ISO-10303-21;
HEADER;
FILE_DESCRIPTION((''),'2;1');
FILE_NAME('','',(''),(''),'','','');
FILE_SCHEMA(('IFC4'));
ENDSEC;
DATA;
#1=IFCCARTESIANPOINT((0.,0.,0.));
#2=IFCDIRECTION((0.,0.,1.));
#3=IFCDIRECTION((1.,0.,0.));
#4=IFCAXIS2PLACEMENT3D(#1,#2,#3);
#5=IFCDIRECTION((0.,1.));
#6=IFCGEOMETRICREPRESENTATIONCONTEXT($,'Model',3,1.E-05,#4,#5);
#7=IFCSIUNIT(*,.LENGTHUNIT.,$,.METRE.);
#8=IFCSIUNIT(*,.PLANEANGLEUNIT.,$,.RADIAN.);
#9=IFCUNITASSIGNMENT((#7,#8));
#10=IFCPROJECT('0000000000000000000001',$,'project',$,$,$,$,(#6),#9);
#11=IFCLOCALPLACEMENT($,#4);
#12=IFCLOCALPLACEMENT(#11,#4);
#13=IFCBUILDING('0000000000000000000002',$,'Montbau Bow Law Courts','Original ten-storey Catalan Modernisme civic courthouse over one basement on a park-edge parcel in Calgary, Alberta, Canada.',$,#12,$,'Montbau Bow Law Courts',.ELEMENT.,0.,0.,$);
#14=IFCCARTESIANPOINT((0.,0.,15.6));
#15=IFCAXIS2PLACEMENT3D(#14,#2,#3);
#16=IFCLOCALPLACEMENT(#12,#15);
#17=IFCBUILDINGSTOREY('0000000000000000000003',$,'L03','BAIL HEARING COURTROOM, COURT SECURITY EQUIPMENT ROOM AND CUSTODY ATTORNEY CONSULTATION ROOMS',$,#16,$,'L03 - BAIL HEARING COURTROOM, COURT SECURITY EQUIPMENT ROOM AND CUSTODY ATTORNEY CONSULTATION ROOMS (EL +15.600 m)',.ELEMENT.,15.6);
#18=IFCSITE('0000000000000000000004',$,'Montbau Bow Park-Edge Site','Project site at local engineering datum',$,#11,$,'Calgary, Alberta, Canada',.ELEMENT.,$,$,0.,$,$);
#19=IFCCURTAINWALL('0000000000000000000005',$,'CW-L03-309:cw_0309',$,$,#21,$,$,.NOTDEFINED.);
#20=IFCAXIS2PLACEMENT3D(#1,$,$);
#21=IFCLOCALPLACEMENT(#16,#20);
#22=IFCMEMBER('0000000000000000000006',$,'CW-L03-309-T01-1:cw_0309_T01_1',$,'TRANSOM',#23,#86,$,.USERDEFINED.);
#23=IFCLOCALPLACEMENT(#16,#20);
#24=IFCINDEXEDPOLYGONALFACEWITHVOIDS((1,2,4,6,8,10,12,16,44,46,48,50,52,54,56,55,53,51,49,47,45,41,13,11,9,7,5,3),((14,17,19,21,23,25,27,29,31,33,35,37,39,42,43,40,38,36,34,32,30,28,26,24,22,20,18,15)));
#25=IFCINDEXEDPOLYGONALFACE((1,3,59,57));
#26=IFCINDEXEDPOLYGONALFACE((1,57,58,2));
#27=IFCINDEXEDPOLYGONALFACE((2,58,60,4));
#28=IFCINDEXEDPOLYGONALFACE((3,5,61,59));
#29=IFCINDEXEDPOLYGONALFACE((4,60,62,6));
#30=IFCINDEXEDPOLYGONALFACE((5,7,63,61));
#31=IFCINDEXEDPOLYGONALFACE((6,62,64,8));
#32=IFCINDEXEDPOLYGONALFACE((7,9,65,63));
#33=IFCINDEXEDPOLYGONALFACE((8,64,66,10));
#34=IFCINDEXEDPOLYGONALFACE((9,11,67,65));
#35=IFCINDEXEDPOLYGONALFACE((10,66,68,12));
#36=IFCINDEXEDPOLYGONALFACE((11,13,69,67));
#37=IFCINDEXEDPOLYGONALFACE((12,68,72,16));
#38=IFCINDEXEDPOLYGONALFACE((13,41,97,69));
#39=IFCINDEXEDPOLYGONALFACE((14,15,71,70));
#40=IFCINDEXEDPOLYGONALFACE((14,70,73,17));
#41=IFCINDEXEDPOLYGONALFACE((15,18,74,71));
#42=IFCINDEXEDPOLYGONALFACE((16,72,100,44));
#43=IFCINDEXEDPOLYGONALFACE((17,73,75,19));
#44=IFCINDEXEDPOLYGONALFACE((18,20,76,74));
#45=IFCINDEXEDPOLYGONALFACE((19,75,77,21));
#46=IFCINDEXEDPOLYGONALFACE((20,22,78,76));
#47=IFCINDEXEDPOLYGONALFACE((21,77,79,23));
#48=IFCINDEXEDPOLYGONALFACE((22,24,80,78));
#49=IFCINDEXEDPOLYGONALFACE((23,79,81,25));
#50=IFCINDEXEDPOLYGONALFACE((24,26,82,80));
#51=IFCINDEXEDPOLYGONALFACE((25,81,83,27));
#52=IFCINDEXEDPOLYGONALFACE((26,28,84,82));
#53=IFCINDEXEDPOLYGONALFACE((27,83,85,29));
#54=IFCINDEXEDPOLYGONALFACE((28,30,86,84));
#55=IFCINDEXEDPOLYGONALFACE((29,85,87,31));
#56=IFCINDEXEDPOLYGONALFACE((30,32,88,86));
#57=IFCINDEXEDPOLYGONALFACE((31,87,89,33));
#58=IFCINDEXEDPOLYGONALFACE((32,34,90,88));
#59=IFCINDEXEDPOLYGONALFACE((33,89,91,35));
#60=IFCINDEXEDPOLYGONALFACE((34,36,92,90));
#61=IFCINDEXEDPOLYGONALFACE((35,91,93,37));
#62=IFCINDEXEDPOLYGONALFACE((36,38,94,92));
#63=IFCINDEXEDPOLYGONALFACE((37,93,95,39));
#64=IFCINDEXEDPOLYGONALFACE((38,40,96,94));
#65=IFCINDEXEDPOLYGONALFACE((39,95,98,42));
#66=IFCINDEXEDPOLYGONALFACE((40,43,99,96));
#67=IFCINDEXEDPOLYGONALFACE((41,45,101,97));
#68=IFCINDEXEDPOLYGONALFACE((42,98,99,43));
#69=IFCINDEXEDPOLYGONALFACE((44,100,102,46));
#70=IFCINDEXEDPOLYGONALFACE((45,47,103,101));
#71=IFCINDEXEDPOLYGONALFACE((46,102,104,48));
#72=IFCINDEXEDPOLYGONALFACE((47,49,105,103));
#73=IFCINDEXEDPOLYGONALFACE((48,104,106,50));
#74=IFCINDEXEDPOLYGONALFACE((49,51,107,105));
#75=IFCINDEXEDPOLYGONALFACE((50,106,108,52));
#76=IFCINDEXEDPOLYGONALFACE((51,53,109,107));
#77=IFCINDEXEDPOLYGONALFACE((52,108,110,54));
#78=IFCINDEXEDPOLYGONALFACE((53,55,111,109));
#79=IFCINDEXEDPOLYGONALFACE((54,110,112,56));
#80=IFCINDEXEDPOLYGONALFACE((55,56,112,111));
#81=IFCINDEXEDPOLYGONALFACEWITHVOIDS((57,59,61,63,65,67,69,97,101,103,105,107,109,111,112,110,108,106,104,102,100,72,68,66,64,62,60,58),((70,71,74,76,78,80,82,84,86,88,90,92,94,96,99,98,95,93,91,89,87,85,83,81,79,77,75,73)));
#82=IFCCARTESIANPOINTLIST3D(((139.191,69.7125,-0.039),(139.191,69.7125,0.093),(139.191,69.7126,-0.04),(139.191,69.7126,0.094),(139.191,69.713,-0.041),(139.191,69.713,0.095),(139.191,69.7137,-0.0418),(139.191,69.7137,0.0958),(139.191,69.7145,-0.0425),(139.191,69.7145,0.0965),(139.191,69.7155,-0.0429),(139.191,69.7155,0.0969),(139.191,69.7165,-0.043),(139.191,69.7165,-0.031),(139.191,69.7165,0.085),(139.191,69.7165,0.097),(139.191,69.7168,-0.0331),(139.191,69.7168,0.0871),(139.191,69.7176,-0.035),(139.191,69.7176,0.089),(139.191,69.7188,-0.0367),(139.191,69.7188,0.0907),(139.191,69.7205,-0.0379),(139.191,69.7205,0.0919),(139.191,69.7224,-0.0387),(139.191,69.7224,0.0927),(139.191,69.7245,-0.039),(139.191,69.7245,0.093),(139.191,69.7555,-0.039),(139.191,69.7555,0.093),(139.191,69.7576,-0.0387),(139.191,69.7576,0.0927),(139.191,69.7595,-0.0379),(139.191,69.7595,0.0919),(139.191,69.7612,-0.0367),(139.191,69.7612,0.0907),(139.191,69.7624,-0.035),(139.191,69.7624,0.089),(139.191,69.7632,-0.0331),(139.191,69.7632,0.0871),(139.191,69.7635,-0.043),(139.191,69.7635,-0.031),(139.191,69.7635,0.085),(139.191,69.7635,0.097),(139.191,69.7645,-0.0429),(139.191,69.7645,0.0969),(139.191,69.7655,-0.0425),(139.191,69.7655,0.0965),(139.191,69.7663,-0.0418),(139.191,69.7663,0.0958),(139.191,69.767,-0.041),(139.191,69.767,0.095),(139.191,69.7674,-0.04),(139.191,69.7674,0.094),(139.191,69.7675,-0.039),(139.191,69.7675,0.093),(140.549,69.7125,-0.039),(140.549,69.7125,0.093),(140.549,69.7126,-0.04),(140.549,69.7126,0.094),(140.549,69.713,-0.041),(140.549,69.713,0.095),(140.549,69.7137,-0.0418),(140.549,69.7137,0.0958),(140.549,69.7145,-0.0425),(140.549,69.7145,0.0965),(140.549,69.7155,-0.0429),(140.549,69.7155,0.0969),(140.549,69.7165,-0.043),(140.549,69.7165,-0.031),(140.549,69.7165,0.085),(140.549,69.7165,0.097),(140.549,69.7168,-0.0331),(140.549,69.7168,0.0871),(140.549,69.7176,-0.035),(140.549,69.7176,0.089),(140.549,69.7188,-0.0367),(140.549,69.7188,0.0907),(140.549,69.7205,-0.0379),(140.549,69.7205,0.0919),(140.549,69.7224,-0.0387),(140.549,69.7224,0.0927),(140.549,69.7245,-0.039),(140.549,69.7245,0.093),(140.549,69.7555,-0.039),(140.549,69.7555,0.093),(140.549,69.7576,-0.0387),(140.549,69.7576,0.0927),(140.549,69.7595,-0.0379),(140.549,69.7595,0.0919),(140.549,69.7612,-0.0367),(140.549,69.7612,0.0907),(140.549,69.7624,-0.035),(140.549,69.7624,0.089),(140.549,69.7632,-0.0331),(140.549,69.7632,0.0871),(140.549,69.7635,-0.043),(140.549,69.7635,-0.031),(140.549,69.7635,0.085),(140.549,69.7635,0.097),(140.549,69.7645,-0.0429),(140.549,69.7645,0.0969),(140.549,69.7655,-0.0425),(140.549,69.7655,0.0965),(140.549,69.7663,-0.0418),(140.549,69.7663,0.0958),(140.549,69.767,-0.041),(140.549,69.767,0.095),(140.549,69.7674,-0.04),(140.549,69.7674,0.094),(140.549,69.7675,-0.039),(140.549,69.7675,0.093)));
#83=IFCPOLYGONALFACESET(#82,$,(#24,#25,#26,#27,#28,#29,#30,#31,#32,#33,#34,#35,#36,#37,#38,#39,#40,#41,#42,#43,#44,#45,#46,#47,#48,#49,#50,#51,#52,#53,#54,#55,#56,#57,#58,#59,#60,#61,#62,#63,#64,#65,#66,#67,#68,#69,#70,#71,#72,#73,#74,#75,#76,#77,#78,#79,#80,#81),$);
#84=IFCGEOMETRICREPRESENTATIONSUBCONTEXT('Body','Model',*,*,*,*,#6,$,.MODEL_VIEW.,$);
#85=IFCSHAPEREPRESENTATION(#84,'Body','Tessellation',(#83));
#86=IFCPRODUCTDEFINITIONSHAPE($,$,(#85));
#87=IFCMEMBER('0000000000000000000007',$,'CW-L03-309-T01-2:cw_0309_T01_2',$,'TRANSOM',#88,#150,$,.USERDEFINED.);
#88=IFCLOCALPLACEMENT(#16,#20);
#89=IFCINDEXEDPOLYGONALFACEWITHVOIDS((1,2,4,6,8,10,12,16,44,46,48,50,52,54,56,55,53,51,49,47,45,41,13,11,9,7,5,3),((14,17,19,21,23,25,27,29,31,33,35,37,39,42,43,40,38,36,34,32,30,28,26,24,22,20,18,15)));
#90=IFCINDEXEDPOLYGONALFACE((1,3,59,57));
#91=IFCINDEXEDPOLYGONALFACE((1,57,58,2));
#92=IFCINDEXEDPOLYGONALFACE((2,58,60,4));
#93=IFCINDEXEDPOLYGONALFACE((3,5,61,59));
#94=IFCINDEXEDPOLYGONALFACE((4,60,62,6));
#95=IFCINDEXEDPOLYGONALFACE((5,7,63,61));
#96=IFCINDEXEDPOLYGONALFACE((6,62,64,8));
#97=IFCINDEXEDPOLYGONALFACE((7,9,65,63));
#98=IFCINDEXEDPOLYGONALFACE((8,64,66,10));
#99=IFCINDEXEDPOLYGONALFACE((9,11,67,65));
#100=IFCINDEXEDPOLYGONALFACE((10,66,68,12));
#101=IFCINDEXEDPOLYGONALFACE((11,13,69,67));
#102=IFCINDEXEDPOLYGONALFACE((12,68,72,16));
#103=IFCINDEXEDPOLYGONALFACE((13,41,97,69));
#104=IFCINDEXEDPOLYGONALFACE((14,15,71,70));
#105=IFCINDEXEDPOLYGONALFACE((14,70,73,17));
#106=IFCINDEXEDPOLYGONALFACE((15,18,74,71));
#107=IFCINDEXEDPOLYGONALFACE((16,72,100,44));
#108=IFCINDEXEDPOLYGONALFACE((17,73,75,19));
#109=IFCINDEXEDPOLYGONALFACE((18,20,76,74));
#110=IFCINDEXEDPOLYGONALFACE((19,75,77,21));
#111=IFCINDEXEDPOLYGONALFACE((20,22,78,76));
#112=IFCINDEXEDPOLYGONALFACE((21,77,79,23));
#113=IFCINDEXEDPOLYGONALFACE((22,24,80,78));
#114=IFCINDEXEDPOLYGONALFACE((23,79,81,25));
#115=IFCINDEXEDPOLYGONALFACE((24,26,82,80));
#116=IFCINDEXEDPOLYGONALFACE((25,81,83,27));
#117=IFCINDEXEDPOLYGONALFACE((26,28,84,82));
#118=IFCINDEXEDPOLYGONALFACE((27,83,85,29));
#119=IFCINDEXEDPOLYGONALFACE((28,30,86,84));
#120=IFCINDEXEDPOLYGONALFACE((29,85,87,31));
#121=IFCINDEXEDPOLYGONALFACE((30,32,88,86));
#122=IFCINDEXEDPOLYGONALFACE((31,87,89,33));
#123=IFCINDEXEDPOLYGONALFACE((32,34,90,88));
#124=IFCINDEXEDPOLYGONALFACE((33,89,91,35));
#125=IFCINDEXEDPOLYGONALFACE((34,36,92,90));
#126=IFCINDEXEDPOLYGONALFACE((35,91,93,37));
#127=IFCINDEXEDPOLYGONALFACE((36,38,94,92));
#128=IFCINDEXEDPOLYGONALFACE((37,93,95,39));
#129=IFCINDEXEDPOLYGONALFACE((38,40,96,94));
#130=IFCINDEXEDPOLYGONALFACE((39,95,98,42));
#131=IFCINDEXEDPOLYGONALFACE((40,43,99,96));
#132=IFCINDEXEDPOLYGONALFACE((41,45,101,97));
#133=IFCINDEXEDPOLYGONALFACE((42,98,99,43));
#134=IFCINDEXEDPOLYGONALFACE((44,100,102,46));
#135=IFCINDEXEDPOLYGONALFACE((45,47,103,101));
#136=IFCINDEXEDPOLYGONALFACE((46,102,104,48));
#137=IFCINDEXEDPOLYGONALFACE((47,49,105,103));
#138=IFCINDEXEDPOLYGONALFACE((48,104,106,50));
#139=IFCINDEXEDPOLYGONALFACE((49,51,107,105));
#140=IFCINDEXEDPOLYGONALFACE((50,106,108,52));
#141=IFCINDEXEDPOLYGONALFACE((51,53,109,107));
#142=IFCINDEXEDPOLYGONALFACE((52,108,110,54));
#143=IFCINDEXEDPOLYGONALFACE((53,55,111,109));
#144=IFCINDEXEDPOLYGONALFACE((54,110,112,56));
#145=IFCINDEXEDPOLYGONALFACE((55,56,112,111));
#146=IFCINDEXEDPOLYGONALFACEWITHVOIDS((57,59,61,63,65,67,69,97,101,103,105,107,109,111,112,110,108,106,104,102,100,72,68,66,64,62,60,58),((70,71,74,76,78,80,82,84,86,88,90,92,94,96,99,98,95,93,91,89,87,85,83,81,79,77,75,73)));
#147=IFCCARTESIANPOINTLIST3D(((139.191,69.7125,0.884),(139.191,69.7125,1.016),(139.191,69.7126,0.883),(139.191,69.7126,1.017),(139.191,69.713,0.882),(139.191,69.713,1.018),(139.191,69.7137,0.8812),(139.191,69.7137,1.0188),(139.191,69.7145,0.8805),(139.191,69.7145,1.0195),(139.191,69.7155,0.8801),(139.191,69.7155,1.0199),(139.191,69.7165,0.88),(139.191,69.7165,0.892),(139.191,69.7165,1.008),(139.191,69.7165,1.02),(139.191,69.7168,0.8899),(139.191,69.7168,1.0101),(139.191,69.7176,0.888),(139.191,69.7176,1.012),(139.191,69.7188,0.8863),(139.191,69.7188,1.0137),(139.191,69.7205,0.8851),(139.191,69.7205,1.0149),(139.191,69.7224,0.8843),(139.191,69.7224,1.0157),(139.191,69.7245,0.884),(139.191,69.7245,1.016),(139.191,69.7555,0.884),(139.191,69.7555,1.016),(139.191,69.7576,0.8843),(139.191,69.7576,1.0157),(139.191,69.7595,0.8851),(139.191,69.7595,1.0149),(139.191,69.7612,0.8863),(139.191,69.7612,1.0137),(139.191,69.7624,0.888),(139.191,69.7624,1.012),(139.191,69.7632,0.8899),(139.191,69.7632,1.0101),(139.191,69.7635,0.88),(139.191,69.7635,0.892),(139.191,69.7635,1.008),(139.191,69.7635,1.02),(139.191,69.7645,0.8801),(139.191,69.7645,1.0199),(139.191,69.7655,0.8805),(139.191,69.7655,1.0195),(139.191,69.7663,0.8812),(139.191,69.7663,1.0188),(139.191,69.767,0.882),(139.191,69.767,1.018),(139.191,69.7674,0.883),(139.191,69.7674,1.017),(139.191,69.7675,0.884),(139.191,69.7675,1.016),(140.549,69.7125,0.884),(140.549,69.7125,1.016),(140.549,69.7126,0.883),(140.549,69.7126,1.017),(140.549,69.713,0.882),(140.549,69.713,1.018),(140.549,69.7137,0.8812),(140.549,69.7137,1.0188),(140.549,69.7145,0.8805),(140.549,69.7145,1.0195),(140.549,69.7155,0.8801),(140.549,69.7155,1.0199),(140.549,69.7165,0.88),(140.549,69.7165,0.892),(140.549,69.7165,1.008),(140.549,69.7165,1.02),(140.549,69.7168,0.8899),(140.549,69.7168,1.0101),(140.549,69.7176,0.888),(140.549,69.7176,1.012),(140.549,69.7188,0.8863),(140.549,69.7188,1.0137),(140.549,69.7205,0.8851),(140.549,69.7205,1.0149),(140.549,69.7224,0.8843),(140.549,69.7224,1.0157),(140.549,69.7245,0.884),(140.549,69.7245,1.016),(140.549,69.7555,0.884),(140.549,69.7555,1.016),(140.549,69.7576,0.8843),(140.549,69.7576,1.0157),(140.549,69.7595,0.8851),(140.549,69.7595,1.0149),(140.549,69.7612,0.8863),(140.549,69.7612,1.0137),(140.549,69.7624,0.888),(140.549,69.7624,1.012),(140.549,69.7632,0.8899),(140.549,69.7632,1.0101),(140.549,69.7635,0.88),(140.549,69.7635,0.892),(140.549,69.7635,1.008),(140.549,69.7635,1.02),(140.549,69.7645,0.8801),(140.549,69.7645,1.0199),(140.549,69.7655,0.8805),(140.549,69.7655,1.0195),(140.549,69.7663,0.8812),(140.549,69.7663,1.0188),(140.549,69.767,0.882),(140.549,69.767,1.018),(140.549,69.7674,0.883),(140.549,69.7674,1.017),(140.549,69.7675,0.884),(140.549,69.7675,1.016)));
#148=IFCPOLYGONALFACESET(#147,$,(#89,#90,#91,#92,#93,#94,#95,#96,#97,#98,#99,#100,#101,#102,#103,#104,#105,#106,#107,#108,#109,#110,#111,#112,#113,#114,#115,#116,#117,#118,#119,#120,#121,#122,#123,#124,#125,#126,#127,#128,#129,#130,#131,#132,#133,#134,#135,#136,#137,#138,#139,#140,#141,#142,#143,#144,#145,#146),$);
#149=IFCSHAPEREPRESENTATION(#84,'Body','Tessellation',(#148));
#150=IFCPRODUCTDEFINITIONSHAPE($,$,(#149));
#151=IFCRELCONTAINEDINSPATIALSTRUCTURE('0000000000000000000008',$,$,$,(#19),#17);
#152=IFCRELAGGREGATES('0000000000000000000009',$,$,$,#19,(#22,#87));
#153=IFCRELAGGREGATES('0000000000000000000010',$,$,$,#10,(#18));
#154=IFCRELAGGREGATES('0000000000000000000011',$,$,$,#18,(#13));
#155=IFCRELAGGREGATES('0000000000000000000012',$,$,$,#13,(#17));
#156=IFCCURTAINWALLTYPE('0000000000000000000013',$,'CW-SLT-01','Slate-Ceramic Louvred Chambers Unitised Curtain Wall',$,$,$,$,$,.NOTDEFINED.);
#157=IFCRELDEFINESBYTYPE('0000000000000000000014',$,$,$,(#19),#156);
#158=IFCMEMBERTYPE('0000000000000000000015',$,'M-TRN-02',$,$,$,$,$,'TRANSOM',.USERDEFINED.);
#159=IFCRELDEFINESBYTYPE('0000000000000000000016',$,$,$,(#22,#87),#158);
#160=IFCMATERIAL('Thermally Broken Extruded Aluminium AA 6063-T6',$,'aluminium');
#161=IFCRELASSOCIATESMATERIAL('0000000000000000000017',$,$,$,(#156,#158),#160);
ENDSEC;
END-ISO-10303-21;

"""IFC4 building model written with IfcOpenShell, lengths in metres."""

from ifc_helpers import new_model, si_unit, direction, frame, origin_with_axes, origin_2d_with_axis, place, context, subcontext, project, spatial, hollow_rectangle, extrude, material, material_profile, profile_set, type_object, element, aggregate, save


model = new_model("IFC4")

# Units and contexts
model_context = context("Model", 3, precision=1e-05, world=origin_with_axes(), true_north=direction((0.0, 1.0)))
body_context = subcontext(model_context, "Body", "Model", "MODEL_VIEW")
ifc_project = project(units=[si_unit("LENGTHUNIT", "METRE"), si_unit("PLANEANGLEUNIT", "RADIAN")], contexts=[model_context])

# Site, building, storey
site_placement = place(None, origin_with_axes())
site = spatial("IfcSite", under=ifc_project, at=site_placement, Name="Montbau Bow Park-Edge Site", Description="Project site at local engineering datum", LongName="Calgary, Alberta, Canada", CompositionType="ELEMENT", RefElevation=0.0)
building_placement = place(site_placement, origin_with_axes())
building = spatial("IfcBuilding", under=site, at=building_placement, Name="Montbau Bow Law Courts", Description="Original ten-storey Catalan Modernisme civic courthouse over one basement on a park-edge parcel in Calgary, Alberta, Canada.", LongName="Montbau Bow Law Courts", CompositionType="ELEMENT", ElevationOfRefHeight=0.0, ElevationOfTerrain=0.0)
storey_placement = place(building_placement, frame((0.0, 0.0, 15.6), z_axis=(0.0, 0.0, 1.0), x_axis=(1.0, 0.0, 0.0)))
storey = spatial("IfcBuildingStorey", under=building, at=storey_placement, Name="L03", Description="BAIL HEARING COURTROOM, COURT SECURITY EQUIPMENT ROOM AND CUSTODY ATTORNEY CONSULTATION ROOMS", LongName="L03 - BAIL HEARING COURTROOM, COURT SECURITY EQUIPMENT ROOM AND CUSTODY ATTORNEY CONSULTATION ROOMS (EL +15.600 m)", CompositionType="ELEMENT", Elevation=15.6)

# Curtain wall, members
ifc_material_1 = material(Name="Thermally Broken Extruded Aluminium AA 6063-T6", Category="aluminium")
curtain_wall_type = type_object("IfcCurtainWallType", Name="CW-SLT-01", Description="Slate-Ceramic Louvred Chambers Unitised Curtain Wall", PredefinedType="NOTDEFINED", material=ifc_material_1)
curtain_wall_placement = place(None, frame((139.115, 69.74, 15.6), z_axis=(0.0, 0.0, 1.0), x_axis=(1.0, 0.0, 0.0)))
curtain_wall = element("IfcCurtainWall", 1, at=curtain_wall_placement, inside=storey, type_object=curtain_wall_type, Name="CW-L03-309:cw_0309", PredefinedType="NOTDEFINED")
ifc_material_profile_1 = material_profile(ifc_material_1, hollow_rectangle(XDim=0.055, YDim=0.14, WallThickness=0.004, InnerFilletRadius=0.008, OuterFilletRadius=0.004, at=origin_2d_with_axis()), Name="CWT-140X55", Category="Main", Priority=0)
ifc_profile_set_1 = profile_set([ifc_material_profile_1], Name="Thermally Broken Extruded Aluminium AA 6063-T6")
member_type_1 = type_object("IfcMemberType", Name="M-TRN-02", ElementType="TRANSOM", PredefinedType="USERDEFINED", material=ifc_profile_set_1)
member_1_placement = place(None, frame((139.191, 69.74, 15.627), z_axis=(1.0, 0.0, 0.0), x_axis=(0.0, 1.0, 0.0)))
member_1 = element("IfcMember", 2, at=member_1_placement, type_object=member_type_1, Name="CW-L03-309-T01-1:cw_0309_T01_1", ObjectType="TRANSOM", PredefinedType="USERDEFINED", context=body_context, shape_type="SweptSolid", body=[
    extrude(hollow_rectangle(XDim=0.055, YDim=0.14, WallThickness=0.004, InnerFilletRadius=0.008, OuterFilletRadius=0.004, at=origin_2d_with_axis()), origin_with_axes(), (0.0, 0.0, 1.0), 1.358),
])
member_2_placement = place(None, frame((139.191, 69.74, 16.55), z_axis=(1.0, 0.0, 0.0), x_axis=(0.0, 1.0, 0.0)))
member_2 = element("IfcMember", 3, at=member_2_placement, type_object=member_type_1, Name="CW-L03-309-T01-2:cw_0309_T01_2", ObjectType="TRANSOM", PredefinedType="USERDEFINED", context=body_context, shape_type="SweptSolid", body=[
    extrude(hollow_rectangle(XDim=0.055, YDim=0.14, WallThickness=0.004, InnerFilletRadius=0.008, OuterFilletRadius=0.004, at=origin_2d_with_axis()), origin_with_axes(), (0.0, 0.0, 1.0), 1.358),
])
aggregate(curtain_wall, [member_1, member_2])

save(model, "model.ifc")
